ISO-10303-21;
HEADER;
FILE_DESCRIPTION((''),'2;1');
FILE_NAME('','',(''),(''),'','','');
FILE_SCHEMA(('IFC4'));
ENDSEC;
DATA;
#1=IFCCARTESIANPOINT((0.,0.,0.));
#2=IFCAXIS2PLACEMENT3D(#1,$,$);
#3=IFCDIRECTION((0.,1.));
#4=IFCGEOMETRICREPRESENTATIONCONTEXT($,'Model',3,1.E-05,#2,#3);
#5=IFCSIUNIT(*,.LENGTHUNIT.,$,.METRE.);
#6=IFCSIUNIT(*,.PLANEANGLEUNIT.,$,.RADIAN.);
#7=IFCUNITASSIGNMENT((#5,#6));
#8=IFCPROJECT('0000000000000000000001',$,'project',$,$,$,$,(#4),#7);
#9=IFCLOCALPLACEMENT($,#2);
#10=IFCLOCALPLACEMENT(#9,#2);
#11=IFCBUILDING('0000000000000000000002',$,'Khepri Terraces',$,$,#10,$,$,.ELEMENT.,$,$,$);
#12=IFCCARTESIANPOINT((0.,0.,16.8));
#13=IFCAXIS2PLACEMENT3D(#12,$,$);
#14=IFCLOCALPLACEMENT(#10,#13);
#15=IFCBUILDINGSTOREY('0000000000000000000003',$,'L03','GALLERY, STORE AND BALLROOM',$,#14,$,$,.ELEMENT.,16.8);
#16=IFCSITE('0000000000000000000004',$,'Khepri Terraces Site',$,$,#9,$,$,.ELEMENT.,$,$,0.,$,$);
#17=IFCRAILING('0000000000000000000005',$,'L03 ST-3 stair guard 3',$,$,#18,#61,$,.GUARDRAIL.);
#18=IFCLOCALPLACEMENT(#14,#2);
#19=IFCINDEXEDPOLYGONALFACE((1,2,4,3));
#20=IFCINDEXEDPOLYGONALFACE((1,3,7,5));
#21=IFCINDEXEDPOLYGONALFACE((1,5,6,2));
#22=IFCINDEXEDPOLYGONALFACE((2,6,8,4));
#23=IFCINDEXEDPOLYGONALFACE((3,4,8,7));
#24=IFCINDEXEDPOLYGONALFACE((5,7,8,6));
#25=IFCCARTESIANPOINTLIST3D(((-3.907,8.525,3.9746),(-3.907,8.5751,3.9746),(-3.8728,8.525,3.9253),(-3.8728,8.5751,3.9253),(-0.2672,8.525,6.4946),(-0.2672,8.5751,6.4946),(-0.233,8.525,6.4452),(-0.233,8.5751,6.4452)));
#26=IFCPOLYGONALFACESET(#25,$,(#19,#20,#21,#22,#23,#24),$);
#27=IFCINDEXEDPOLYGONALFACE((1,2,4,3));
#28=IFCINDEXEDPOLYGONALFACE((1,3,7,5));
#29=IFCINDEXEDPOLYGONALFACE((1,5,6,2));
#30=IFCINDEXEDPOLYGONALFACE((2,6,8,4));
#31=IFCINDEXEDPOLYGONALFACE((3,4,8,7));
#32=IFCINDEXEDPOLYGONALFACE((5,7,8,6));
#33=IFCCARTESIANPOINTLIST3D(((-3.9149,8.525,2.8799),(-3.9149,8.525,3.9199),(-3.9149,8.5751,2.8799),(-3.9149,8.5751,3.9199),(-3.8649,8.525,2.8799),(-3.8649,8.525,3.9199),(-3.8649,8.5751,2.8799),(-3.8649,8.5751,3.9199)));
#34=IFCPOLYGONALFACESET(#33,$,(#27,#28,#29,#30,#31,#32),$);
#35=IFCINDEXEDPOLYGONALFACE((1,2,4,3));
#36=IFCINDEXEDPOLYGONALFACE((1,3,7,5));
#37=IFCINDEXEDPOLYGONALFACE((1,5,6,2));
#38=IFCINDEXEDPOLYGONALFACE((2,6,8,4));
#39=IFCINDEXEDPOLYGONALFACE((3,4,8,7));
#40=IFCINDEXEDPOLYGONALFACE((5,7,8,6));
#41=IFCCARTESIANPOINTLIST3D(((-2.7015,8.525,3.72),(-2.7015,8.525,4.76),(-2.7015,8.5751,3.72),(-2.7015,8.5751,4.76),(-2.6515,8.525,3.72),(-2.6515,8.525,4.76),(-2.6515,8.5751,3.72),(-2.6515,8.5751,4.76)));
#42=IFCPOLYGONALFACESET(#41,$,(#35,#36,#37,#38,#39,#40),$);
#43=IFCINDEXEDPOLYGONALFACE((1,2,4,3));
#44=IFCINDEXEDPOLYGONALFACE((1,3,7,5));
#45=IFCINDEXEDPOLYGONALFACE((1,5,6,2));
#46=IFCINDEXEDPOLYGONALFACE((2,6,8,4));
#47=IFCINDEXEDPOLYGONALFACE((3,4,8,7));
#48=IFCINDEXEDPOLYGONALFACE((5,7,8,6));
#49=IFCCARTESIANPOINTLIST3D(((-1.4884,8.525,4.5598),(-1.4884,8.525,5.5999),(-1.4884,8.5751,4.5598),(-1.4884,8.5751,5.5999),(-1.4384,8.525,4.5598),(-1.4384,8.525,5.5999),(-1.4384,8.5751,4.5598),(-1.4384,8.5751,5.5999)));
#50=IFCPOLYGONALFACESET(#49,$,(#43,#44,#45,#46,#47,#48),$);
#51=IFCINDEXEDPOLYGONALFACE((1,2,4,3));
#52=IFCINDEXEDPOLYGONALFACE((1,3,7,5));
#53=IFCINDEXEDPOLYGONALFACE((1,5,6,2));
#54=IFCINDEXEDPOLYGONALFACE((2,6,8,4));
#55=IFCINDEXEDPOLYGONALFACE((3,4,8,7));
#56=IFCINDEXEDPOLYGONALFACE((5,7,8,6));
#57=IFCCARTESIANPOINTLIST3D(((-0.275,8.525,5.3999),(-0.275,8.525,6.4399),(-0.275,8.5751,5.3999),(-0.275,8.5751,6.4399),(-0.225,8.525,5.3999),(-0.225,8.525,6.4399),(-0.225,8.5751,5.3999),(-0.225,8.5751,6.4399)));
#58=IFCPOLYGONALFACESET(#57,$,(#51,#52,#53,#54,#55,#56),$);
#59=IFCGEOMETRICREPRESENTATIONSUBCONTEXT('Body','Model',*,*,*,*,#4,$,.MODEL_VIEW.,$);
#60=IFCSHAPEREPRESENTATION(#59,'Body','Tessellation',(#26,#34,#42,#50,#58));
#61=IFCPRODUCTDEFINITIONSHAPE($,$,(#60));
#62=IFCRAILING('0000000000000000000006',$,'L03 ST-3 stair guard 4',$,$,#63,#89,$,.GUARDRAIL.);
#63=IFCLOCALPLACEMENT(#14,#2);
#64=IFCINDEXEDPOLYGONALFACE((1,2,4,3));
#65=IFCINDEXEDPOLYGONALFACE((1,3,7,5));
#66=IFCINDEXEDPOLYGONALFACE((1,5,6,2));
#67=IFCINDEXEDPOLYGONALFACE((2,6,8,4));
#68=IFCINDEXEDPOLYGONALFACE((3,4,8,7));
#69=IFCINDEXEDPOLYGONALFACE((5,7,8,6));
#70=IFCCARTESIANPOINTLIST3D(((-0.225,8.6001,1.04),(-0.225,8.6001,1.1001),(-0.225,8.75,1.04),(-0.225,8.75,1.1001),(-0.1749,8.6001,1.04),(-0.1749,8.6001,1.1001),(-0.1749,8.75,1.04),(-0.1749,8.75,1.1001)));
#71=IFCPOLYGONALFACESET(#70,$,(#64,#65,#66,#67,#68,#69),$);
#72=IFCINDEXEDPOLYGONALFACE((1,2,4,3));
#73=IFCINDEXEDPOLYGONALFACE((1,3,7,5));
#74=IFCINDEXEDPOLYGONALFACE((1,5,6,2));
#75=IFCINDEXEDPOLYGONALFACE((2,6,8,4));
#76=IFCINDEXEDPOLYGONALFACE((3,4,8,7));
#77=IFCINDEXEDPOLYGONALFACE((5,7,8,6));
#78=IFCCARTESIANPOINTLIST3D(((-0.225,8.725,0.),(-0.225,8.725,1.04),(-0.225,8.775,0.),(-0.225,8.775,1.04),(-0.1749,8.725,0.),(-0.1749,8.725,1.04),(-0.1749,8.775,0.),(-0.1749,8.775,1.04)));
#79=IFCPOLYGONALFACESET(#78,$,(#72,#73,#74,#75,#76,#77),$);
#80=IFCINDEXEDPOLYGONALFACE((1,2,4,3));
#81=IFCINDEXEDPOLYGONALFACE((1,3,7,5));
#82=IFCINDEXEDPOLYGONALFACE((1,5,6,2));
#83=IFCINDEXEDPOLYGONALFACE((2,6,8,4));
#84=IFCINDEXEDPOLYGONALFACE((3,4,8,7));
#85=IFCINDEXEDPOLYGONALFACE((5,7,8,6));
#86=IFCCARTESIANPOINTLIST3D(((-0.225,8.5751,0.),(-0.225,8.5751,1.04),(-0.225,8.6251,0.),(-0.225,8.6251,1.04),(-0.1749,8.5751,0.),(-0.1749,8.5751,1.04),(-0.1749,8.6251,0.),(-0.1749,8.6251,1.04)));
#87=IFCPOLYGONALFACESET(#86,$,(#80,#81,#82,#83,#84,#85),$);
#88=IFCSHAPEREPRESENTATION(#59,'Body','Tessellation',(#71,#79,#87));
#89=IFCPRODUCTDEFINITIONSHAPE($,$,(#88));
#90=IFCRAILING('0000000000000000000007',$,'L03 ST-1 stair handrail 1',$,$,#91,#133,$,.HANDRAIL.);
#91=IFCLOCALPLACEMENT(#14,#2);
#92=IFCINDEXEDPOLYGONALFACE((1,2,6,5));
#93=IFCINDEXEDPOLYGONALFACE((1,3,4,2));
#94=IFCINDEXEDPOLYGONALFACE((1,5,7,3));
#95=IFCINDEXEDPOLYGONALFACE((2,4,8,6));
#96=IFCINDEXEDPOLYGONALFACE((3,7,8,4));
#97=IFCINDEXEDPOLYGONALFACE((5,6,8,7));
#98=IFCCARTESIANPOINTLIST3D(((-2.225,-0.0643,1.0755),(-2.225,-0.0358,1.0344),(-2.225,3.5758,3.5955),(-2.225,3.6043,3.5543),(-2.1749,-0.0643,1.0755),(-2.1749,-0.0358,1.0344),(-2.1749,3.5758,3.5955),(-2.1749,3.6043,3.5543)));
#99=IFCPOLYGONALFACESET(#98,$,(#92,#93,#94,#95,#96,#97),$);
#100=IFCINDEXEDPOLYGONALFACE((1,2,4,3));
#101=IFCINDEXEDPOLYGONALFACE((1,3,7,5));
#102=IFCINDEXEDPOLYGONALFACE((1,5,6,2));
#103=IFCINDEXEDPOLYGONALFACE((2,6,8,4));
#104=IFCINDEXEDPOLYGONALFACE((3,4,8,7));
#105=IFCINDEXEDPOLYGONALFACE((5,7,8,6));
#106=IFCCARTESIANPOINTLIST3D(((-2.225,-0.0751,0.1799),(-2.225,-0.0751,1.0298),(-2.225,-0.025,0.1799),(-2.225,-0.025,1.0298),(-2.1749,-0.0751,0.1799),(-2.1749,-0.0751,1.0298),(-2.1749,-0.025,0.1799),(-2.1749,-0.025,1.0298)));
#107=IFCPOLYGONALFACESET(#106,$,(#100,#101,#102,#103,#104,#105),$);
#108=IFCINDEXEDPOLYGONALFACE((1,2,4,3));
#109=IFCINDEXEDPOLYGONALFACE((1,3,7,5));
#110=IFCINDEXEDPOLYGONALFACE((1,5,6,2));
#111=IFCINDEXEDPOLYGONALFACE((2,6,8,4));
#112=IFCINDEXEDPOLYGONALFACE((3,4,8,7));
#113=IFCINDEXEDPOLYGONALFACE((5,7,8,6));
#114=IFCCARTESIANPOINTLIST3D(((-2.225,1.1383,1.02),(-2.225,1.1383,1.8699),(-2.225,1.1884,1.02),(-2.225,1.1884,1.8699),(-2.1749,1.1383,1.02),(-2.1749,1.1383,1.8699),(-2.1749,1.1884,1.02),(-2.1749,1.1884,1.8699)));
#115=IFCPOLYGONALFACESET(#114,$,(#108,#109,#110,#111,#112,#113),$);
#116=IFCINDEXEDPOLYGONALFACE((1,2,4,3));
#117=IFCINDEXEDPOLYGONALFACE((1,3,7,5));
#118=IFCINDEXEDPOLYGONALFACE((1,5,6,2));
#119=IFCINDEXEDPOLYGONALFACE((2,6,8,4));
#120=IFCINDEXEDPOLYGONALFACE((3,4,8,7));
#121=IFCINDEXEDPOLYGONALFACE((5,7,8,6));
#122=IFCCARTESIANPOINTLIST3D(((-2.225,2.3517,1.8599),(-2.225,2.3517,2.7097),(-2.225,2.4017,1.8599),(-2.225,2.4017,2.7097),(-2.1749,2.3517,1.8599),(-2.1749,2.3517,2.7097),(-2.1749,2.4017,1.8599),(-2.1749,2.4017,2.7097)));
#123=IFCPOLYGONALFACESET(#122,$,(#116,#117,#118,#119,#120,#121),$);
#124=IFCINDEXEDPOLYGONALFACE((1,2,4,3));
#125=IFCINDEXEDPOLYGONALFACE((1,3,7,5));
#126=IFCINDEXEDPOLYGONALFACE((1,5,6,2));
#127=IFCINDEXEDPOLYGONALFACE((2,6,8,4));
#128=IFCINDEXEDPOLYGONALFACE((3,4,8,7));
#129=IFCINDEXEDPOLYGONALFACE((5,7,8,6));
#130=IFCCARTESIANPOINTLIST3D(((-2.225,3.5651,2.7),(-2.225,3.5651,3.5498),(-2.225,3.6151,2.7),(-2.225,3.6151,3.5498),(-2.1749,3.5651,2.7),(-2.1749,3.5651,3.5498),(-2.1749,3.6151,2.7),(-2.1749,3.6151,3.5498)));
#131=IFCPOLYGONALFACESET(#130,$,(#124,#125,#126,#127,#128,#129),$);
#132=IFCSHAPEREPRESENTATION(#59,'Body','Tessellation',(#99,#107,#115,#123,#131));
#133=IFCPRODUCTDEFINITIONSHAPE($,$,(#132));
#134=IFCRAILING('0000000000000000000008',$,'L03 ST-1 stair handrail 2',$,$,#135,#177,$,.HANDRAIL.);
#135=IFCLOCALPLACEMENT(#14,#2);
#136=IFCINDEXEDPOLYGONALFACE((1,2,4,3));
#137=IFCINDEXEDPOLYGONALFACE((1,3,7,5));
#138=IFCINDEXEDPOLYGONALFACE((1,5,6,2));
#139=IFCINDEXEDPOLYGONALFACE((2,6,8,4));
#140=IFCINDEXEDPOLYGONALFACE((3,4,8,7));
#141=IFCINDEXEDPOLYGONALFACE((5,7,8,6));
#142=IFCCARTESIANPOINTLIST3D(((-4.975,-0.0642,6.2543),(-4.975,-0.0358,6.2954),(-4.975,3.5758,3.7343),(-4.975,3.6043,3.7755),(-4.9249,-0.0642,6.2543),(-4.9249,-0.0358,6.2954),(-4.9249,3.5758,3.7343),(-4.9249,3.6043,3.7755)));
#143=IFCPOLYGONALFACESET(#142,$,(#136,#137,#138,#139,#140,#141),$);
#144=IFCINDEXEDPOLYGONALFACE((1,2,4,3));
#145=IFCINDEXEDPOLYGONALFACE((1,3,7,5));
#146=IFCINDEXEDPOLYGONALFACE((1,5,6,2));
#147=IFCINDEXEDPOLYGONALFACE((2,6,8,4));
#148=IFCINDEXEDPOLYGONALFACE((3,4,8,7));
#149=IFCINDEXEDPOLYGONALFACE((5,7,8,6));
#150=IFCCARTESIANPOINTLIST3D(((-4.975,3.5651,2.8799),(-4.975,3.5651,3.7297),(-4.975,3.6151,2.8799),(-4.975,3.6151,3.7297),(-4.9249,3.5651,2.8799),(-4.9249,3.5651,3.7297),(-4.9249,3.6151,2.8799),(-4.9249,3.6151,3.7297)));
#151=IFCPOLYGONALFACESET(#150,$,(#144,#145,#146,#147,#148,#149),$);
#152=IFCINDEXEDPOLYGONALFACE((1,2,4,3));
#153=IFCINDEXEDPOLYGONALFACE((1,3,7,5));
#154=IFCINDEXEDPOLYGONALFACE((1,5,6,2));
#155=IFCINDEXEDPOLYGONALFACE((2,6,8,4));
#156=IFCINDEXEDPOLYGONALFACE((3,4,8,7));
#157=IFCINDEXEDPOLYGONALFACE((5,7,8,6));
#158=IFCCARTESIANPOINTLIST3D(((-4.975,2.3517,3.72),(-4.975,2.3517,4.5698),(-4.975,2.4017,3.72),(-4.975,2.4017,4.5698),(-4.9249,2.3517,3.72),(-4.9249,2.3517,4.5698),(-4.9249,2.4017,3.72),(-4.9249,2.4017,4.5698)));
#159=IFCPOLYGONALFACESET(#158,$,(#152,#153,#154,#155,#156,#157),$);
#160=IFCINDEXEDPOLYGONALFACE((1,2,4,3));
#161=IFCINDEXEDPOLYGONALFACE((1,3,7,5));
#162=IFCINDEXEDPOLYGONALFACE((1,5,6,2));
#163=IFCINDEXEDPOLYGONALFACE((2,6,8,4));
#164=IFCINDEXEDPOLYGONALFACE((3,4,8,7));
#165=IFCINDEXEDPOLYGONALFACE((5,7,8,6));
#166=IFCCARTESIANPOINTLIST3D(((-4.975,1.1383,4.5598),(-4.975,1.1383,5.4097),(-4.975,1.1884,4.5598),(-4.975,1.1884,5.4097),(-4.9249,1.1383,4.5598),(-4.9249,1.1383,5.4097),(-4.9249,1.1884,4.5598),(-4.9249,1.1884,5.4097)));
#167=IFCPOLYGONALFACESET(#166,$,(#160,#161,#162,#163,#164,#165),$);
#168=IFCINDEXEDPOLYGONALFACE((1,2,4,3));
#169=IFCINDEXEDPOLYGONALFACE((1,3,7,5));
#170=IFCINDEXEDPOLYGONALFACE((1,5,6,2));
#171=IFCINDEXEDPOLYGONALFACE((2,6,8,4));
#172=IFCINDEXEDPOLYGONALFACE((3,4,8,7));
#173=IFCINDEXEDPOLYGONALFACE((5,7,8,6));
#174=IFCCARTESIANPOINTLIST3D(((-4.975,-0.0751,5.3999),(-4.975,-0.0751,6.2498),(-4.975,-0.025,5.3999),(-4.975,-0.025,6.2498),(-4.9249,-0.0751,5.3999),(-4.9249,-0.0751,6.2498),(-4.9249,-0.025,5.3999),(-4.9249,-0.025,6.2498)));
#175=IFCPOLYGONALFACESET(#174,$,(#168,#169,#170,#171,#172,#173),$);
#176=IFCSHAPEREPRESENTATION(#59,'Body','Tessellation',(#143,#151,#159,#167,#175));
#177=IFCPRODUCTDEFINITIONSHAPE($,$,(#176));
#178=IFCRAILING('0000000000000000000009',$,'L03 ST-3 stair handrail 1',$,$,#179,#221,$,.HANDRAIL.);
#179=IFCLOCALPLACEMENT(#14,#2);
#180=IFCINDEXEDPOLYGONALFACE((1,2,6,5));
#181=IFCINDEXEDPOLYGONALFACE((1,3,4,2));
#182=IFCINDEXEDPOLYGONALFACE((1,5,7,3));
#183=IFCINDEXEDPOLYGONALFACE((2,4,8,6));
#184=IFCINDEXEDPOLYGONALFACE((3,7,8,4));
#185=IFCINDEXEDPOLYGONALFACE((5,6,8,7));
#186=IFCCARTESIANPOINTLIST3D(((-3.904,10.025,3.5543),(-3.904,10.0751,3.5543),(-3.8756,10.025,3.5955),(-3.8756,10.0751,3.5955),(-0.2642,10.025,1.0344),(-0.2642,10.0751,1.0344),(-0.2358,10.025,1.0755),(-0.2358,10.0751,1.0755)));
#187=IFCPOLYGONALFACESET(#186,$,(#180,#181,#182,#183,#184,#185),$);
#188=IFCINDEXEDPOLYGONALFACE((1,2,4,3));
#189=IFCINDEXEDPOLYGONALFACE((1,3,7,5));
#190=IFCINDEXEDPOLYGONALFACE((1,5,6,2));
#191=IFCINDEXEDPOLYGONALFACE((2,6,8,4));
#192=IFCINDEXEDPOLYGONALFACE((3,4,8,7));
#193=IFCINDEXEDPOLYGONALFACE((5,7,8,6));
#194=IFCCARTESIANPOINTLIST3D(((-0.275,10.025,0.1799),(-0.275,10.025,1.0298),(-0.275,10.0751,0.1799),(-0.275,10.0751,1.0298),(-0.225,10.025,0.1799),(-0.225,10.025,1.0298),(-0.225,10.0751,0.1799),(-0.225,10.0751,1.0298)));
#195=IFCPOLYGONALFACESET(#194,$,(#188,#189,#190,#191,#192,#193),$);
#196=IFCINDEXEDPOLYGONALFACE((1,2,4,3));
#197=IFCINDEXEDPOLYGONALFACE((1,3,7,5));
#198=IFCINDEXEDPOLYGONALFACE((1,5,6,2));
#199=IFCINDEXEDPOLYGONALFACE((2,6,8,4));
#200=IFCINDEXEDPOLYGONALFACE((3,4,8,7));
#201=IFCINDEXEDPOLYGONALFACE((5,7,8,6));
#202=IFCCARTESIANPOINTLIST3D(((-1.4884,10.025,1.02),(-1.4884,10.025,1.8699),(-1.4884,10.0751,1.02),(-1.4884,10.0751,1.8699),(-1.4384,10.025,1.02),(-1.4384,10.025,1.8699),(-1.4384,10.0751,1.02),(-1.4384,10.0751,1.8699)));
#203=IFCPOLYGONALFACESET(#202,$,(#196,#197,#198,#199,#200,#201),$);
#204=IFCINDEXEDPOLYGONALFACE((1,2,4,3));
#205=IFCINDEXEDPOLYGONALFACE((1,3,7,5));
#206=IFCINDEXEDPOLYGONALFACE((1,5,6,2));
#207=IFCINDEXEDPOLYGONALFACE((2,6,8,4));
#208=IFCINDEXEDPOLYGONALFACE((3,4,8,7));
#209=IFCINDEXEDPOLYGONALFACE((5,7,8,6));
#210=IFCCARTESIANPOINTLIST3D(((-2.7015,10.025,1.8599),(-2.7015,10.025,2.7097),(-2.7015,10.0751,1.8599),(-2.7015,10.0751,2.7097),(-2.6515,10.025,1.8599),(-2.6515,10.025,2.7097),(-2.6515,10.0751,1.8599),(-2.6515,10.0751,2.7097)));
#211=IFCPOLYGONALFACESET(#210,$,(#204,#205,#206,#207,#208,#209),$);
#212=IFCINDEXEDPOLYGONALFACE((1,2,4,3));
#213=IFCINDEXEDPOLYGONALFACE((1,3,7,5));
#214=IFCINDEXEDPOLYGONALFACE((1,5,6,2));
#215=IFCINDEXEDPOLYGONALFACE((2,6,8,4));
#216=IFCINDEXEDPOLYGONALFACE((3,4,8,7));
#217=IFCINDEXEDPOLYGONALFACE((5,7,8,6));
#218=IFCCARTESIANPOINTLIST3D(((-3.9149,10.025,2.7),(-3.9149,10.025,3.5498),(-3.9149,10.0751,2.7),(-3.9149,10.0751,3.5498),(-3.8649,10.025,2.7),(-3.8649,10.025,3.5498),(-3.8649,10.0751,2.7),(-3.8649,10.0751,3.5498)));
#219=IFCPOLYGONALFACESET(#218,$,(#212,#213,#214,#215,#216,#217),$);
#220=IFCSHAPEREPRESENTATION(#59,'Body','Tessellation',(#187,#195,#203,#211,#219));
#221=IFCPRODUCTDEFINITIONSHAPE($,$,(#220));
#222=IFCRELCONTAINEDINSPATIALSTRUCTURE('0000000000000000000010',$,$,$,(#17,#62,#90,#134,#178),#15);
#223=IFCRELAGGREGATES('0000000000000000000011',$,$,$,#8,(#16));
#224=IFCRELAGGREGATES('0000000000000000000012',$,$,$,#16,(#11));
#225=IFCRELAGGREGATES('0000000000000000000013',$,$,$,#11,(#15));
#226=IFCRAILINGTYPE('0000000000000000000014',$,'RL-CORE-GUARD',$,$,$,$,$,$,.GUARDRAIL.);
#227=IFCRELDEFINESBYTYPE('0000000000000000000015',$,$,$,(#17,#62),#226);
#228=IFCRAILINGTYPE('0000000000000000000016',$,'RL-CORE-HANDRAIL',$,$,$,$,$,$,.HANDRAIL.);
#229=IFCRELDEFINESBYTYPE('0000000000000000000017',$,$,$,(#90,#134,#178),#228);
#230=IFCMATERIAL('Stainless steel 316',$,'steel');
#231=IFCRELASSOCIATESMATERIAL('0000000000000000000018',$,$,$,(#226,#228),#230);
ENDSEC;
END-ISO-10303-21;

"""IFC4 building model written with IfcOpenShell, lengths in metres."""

from ifc_helpers import new_model, si_unit, direction, frame, origin, origin_2d, place, context, subcontext, project, spatial, rectangle, extrude, material, type_object, element, save


model = new_model("IFC4")

# Units and contexts
model_context = context("Model", 3, precision=1e-05, world=origin(), true_north=direction((0.0, 1.0)))
body_context = subcontext(model_context, "Body", "Model", "MODEL_VIEW")
ifc_project = project(units=[si_unit("LENGTHUNIT", "METRE"), si_unit("PLANEANGLEUNIT", "RADIAN")], contexts=[model_context])

# Site, building, storey
site_placement = place(None, origin())
site = spatial("IfcSite", under=ifc_project, at=site_placement, Name="Khepri Terraces Site", CompositionType="ELEMENT", RefElevation=0.0)
building_placement = place(site_placement, origin())
building = spatial("IfcBuilding", under=site, at=building_placement, Name="Khepri Terraces", CompositionType="ELEMENT")
storey_placement = place(building_placement, frame((0.0, 0.0, 16.8)))
storey = spatial("IfcBuildingStorey", under=building, at=storey_placement, Name="L03", Description="GALLERY, STORE AND BALLROOM", CompositionType="ELEMENT", Elevation=16.8)

# Railings
ifc_material_1 = material(Name="Stainless steel 316", Category="steel")
railing_type_1 = type_object("IfcRailingType", Name="RL-CORE-GUARD", PredefinedType="GUARDRAIL", material=ifc_material_1)
railing_1_placement = place(storey_placement, frame((-3.8899, 8.55, 2.8799)))
element("IfcRailing", 1, at=railing_1_placement, inside=storey, type_object=railing_type_1, Name="L03 ST-3 stair guard 3", PredefinedType="GUARDRAIL", context=body_context, shape_type="SweptSolid", body=[
    extrude(rectangle(XDim=0.05, YDim=0.0601, at=origin_2d()), frame((0.0, 0.0, 1.0701), z_axis=(0.822182, 0.0, 0.569224), x_axis=(0.0, 1.0, 0.0)), (0.0, 0.0, 1.0), 4.427),
    extrude(rectangle(XDim=0.05, YDim=0.05, at=origin_2d()), origin(), (0.0, 0.0, 1.0), 1.04),
    extrude(rectangle(XDim=0.05, YDim=0.05, at=origin_2d()), frame((1.2134, 0.0, 0.8401)), (0.0, 0.0, 1.0), 1.04),
    extrude(rectangle(XDim=0.05, YDim=0.05, at=origin_2d()), frame((2.4265, 0.0, 1.6799)), (0.0, 0.0, 1.0), 1.04),
    extrude(rectangle(XDim=0.05, YDim=0.05, at=origin_2d()), frame((3.6399, 0.0, 2.52)), (0.0, 0.0, 1.0), 1.04),
])
railing_2_placement = place(storey_placement, frame((-0.2, 8.75, 0.0)))
element("IfcRailing", 2, at=railing_2_placement, inside=storey, type_object=railing_type_1, Name="L03 ST-3 stair guard 4", PredefinedType="GUARDRAIL", context=body_context, shape_type="SweptSolid", body=[
    extrude(rectangle(XDim=0.05, YDim=0.0601, at=origin_2d()), frame((0.0, 0.0, 1.0701), z_axis=(0.0, -1.0, 0.0), x_axis=(1.0, 0.0, 0.0)), (0.0, 0.0, 1.0), 0.1499),
    extrude(rectangle(XDim=0.05, YDim=0.05, at=origin_2d()), origin(), (0.0, 0.0, 1.0), 1.04),
    extrude(rectangle(XDim=0.05, YDim=0.05, at=origin_2d()), frame((0.0, -0.1499, 0.0)), (0.0, 0.0, 1.0), 1.04),
])
railing_type_2 = type_object("IfcRailingType", Name="RL-CORE-HANDRAIL", PredefinedType="HANDRAIL", material=ifc_material_1)
railing_3_placement = place(storey_placement, frame((-2.2, -0.05, 0.1799)))
element("IfcRailing", 3, at=railing_3_placement, inside=storey, type_object=railing_type_2, Name="L03 ST-1 stair handrail 1", PredefinedType="HANDRAIL", context=body_context, shape_type="SweptSolid", body=[
    extrude(rectangle(XDim=0.05, YDim=0.05, at=origin_2d()), frame((0.0, 0.0, 0.875), z_axis=(0.0, 0.8222, 0.569199), x_axis=(-1.0, 0.0, 0.0)), (0.0, 0.0, 1.0), 4.4272),
    extrude(rectangle(XDim=0.05, YDim=0.05, at=origin_2d()), origin(), (0.0, 0.0, 1.0), 0.8499),
    extrude(rectangle(XDim=0.05, YDim=0.05, at=origin_2d()), frame((0.0, 1.2134, 0.8401)), (0.0, 0.0, 1.0), 0.8499),
    extrude(rectangle(XDim=0.05, YDim=0.05, at=origin_2d()), frame((0.0, 2.4268, 1.6799)), (0.0, 0.0, 1.0), 0.8499),
    extrude(rectangle(XDim=0.05, YDim=0.05, at=origin_2d()), frame((0.0, 3.6401, 2.52)), (0.0, 0.0, 1.0), 0.8499),
])
railing_4_placement = place(storey_placement, frame((-4.95, 3.5901, 2.8799)))
element("IfcRailing", 4, at=railing_4_placement, inside=storey, type_object=railing_type_2, Name="L03 ST-1 stair handrail 2", PredefinedType="HANDRAIL", context=body_context, shape_type="SweptSolid", body=[
    extrude(rectangle(XDim=0.05, YDim=0.05, at=origin_2d()), frame((0.0, 0.0, 0.875), z_axis=(0.0, -0.8222, 0.569199), x_axis=(1.0, 0.0, 0.0)), (0.0, 0.0, 1.0), 4.4272),
    extrude(rectangle(XDim=0.05, YDim=0.05, at=origin_2d()), origin(), (0.0, 0.0, 1.0), 0.8499),
    extrude(rectangle(XDim=0.05, YDim=0.05, at=origin_2d()), frame((0.0, -1.2134, 0.8401)), (0.0, 0.0, 1.0), 0.8499),
    extrude(rectangle(XDim=0.05, YDim=0.05, at=origin_2d()), frame((0.0, -2.4268, 1.6799)), (0.0, 0.0, 1.0), 0.8499),
    extrude(rectangle(XDim=0.05, YDim=0.05, at=origin_2d()), frame((0.0, -3.6401, 2.52)), (0.0, 0.0, 1.0), 0.8499),
])
railing_5_placement = place(storey_placement, frame((-0.25, 10.05, 0.1799)))
element("IfcRailing", 5, at=railing_5_placement, inside=storey, type_object=railing_type_2, Name="L03 ST-3 stair handrail 1", PredefinedType="HANDRAIL", context=body_context, shape_type="SweptSolid", body=[
    extrude(rectangle(XDim=0.05, YDim=0.05, at=origin_2d()), frame((0.0, 0.0, 0.875), z_axis=(-0.822182, 0.0, 0.569224), x_axis=(0.0, -1.0, 0.0)), (0.0, 0.0, 1.0), 4.427),
    extrude(rectangle(XDim=0.05, YDim=0.05, at=origin_2d()), origin(), (0.0, 0.0, 1.0), 0.8499),
    extrude(rectangle(XDim=0.05, YDim=0.05, at=origin_2d()), frame((-1.2134, 0.0, 0.8401)), (0.0, 0.0, 1.0), 0.8499),
    extrude(rectangle(XDim=0.05, YDim=0.05, at=origin_2d()), frame((-2.4265, 0.0, 1.6799)), (0.0, 0.0, 1.0), 0.8499),
    extrude(rectangle(XDim=0.05, YDim=0.05, at=origin_2d()), frame((-3.6399, 0.0, 2.52)), (0.0, 0.0, 1.0), 0.8499),
])

save(model, "model.ifc")
